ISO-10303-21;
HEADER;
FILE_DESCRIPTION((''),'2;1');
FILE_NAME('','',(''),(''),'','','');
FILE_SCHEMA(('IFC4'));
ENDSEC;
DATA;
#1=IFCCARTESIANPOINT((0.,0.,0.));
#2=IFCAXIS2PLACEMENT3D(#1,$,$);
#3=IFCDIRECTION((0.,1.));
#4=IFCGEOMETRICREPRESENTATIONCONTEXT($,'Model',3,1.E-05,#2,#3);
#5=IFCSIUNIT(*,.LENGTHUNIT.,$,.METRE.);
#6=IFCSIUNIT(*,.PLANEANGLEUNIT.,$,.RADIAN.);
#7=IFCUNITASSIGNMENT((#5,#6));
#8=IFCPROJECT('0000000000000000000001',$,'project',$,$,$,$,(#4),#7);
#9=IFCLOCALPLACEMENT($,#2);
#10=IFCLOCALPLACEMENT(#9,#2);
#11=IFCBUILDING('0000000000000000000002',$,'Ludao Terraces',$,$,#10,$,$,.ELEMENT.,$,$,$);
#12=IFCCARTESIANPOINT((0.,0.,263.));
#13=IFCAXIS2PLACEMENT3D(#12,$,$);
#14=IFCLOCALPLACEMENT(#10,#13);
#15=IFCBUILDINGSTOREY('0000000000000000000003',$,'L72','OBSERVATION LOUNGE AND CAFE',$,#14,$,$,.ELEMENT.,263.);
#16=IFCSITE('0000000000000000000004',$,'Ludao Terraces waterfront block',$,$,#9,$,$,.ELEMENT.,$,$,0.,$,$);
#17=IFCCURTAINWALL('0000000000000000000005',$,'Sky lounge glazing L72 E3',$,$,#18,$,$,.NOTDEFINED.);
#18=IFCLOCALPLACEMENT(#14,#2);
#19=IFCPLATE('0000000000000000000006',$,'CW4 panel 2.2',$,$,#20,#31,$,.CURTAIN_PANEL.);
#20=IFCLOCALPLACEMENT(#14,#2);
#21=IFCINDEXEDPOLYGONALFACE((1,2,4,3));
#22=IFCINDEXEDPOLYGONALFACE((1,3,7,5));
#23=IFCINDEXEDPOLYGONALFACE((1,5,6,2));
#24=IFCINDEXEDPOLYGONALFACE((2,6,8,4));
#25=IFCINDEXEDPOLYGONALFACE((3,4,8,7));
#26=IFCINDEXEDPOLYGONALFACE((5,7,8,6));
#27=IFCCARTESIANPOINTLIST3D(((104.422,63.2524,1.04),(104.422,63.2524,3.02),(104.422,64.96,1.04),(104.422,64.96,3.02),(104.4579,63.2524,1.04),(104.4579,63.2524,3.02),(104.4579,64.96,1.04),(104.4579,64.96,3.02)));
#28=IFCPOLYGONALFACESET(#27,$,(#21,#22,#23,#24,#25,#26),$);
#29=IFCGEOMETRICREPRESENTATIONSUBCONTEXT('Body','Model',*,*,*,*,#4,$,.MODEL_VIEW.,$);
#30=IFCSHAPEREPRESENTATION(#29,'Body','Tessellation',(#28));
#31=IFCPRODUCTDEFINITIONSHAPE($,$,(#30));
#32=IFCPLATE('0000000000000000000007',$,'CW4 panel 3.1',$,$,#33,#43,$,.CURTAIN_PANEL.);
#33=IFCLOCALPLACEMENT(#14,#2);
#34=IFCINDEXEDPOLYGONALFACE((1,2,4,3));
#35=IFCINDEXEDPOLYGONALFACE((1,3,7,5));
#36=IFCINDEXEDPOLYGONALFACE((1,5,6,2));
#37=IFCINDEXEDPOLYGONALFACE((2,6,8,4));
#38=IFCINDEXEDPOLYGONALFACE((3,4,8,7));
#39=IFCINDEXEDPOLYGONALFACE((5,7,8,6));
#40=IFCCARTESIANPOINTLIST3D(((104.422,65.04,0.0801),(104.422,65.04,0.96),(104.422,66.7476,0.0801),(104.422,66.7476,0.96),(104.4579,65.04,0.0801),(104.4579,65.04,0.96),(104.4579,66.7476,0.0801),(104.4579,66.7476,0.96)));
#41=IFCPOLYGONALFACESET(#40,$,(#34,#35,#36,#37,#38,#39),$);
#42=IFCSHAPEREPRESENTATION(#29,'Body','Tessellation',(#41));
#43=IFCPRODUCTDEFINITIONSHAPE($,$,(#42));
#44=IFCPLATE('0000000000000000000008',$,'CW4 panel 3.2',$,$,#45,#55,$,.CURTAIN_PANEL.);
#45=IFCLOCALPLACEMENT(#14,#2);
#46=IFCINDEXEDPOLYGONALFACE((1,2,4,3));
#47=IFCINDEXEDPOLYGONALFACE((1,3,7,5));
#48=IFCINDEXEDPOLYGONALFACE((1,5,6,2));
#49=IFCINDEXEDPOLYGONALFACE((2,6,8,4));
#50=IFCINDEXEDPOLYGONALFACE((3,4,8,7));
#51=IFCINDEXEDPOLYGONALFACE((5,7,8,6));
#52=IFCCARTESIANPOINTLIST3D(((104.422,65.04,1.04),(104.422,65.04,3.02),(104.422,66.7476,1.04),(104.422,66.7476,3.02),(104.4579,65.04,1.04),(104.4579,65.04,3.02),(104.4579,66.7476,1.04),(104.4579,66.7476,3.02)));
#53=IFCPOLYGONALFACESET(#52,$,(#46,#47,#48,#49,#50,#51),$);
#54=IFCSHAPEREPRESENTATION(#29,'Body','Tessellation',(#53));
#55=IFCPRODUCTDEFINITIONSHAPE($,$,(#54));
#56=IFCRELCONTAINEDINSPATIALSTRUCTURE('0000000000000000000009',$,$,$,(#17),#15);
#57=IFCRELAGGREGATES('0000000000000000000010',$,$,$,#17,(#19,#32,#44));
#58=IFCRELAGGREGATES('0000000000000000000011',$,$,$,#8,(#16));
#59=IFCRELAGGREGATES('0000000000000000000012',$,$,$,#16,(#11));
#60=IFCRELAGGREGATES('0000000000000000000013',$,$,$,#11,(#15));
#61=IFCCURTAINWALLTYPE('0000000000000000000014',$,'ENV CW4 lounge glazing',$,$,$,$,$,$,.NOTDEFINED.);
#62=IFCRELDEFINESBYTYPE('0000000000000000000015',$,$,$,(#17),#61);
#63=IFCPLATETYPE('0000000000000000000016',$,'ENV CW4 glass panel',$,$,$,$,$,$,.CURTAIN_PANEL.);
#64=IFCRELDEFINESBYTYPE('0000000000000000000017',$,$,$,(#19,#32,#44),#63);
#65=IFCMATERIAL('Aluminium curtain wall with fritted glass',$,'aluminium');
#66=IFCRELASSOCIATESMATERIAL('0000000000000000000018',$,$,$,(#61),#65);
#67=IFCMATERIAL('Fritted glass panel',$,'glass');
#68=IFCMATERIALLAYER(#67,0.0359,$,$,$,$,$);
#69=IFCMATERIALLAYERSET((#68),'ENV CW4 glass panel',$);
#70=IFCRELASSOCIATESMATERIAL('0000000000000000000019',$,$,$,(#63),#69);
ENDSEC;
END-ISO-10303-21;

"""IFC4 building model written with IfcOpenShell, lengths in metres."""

from ifc_helpers import new_model, si_unit, direction, frame, origin, origin_2d, place, context, subcontext, project, spatial, rectangle, extrude, material, layer, layer_set, type_object, element, aggregate, save


model = new_model("IFC4")

# Units and contexts
model_context = context("Model", 3, precision=1e-05, world=origin(), true_north=direction((0.0, 1.0)))
body_context = subcontext(model_context, "Body", "Model", "MODEL_VIEW")
ifc_project = project(units=[si_unit("LENGTHUNIT", "METRE"), si_unit("PLANEANGLEUNIT", "RADIAN")], contexts=[model_context])

# Site, building, storey
site_placement = place(None, origin())
site = spatial("IfcSite", under=ifc_project, at=site_placement, Name="Ludao Terraces waterfront block", CompositionType="ELEMENT", RefElevation=0.0)
building_placement = place(site_placement, origin())
building = spatial("IfcBuilding", under=site, at=building_placement, Name="Ludao Terraces", CompositionType="ELEMENT")
storey_placement = place(building_placement, frame((0.0, 0.0, 263.0)))
storey = spatial("IfcBuildingStorey", under=building, at=storey_placement, Name="L72", Description="OBSERVATION LOUNGE AND CAFE", CompositionType="ELEMENT", Elevation=263.0)

# Curtain wall, plates
ifc_material_1 = material(Name="Aluminium curtain wall with fritted glass", Category="aluminium")
curtain_wall_type = type_object("IfcCurtainWallType", Name="ENV CW4 lounge glazing", PredefinedType="NOTDEFINED", material=ifc_material_1)
curtain_wall_placement = place(storey_placement, origin())
curtain_wall = element("IfcCurtainWall", 1, at=curtain_wall_placement, inside=storey, type_object=curtain_wall_type, Name="Sky lounge glazing L72 E3", PredefinedType="NOTDEFINED")
ifc_material_2 = material(Name="Fritted glass panel", Category="glass")
ifc_layer = layer(ifc_material_2, 0.0359)
ifc_layer_set = layer_set([ifc_layer], Name="ENV CW4 glass panel")
plate_type = type_object("IfcPlateType", Name="ENV CW4 glass panel", PredefinedType="CURTAIN_PANEL", material=ifc_layer_set)
plate_1_placement = place(storey_placement, frame((104.4399, 64.1062, 1.04), z_axis=(0.0, 0.0, 1.0), x_axis=(0.0, 1.0, 0.0)))
plate_1 = element("IfcPlate", 2, at=plate_1_placement, type_object=plate_type, Name="CW4 panel 2.2", PredefinedType="CURTAIN_PANEL", context=body_context, shape_type="SweptSolid", body=[
    extrude(rectangle(XDim=1.7075, YDim=0.0359, at=origin_2d()), origin(), (0.0, 0.0, 1.0), 1.98),
])
plate_2_placement = place(storey_placement, frame((104.4399, 65.8938, 0.0801), z_axis=(0.0, 0.0, 1.0), x_axis=(0.0, 1.0, 0.0)))
plate_2 = element("IfcPlate", 3, at=plate_2_placement, type_object=plate_type, Name="CW4 panel 3.1", PredefinedType="CURTAIN_PANEL", context=body_context, shape_type="SweptSolid", body=[
    extrude(rectangle(XDim=1.7075, YDim=0.0359, at=origin_2d()), origin(), (0.0, 0.0, 1.0), 0.8799),
])
plate_3_placement = place(storey_placement, frame((104.4399, 65.8938, 1.04), z_axis=(0.0, 0.0, 1.0), x_axis=(0.0, 1.0, 0.0)))
plate_3 = element("IfcPlate", 4, at=plate_3_placement, type_object=plate_type, Name="CW4 panel 3.2", PredefinedType="CURTAIN_PANEL", context=body_context, shape_type="SweptSolid", body=[
    extrude(rectangle(XDim=1.7075, YDim=0.0359, at=origin_2d()), origin(), (0.0, 0.0, 1.0), 1.98),
])
aggregate(curtain_wall, [plate_1, plate_2, plate_3])

save(model, "model.ifc")
